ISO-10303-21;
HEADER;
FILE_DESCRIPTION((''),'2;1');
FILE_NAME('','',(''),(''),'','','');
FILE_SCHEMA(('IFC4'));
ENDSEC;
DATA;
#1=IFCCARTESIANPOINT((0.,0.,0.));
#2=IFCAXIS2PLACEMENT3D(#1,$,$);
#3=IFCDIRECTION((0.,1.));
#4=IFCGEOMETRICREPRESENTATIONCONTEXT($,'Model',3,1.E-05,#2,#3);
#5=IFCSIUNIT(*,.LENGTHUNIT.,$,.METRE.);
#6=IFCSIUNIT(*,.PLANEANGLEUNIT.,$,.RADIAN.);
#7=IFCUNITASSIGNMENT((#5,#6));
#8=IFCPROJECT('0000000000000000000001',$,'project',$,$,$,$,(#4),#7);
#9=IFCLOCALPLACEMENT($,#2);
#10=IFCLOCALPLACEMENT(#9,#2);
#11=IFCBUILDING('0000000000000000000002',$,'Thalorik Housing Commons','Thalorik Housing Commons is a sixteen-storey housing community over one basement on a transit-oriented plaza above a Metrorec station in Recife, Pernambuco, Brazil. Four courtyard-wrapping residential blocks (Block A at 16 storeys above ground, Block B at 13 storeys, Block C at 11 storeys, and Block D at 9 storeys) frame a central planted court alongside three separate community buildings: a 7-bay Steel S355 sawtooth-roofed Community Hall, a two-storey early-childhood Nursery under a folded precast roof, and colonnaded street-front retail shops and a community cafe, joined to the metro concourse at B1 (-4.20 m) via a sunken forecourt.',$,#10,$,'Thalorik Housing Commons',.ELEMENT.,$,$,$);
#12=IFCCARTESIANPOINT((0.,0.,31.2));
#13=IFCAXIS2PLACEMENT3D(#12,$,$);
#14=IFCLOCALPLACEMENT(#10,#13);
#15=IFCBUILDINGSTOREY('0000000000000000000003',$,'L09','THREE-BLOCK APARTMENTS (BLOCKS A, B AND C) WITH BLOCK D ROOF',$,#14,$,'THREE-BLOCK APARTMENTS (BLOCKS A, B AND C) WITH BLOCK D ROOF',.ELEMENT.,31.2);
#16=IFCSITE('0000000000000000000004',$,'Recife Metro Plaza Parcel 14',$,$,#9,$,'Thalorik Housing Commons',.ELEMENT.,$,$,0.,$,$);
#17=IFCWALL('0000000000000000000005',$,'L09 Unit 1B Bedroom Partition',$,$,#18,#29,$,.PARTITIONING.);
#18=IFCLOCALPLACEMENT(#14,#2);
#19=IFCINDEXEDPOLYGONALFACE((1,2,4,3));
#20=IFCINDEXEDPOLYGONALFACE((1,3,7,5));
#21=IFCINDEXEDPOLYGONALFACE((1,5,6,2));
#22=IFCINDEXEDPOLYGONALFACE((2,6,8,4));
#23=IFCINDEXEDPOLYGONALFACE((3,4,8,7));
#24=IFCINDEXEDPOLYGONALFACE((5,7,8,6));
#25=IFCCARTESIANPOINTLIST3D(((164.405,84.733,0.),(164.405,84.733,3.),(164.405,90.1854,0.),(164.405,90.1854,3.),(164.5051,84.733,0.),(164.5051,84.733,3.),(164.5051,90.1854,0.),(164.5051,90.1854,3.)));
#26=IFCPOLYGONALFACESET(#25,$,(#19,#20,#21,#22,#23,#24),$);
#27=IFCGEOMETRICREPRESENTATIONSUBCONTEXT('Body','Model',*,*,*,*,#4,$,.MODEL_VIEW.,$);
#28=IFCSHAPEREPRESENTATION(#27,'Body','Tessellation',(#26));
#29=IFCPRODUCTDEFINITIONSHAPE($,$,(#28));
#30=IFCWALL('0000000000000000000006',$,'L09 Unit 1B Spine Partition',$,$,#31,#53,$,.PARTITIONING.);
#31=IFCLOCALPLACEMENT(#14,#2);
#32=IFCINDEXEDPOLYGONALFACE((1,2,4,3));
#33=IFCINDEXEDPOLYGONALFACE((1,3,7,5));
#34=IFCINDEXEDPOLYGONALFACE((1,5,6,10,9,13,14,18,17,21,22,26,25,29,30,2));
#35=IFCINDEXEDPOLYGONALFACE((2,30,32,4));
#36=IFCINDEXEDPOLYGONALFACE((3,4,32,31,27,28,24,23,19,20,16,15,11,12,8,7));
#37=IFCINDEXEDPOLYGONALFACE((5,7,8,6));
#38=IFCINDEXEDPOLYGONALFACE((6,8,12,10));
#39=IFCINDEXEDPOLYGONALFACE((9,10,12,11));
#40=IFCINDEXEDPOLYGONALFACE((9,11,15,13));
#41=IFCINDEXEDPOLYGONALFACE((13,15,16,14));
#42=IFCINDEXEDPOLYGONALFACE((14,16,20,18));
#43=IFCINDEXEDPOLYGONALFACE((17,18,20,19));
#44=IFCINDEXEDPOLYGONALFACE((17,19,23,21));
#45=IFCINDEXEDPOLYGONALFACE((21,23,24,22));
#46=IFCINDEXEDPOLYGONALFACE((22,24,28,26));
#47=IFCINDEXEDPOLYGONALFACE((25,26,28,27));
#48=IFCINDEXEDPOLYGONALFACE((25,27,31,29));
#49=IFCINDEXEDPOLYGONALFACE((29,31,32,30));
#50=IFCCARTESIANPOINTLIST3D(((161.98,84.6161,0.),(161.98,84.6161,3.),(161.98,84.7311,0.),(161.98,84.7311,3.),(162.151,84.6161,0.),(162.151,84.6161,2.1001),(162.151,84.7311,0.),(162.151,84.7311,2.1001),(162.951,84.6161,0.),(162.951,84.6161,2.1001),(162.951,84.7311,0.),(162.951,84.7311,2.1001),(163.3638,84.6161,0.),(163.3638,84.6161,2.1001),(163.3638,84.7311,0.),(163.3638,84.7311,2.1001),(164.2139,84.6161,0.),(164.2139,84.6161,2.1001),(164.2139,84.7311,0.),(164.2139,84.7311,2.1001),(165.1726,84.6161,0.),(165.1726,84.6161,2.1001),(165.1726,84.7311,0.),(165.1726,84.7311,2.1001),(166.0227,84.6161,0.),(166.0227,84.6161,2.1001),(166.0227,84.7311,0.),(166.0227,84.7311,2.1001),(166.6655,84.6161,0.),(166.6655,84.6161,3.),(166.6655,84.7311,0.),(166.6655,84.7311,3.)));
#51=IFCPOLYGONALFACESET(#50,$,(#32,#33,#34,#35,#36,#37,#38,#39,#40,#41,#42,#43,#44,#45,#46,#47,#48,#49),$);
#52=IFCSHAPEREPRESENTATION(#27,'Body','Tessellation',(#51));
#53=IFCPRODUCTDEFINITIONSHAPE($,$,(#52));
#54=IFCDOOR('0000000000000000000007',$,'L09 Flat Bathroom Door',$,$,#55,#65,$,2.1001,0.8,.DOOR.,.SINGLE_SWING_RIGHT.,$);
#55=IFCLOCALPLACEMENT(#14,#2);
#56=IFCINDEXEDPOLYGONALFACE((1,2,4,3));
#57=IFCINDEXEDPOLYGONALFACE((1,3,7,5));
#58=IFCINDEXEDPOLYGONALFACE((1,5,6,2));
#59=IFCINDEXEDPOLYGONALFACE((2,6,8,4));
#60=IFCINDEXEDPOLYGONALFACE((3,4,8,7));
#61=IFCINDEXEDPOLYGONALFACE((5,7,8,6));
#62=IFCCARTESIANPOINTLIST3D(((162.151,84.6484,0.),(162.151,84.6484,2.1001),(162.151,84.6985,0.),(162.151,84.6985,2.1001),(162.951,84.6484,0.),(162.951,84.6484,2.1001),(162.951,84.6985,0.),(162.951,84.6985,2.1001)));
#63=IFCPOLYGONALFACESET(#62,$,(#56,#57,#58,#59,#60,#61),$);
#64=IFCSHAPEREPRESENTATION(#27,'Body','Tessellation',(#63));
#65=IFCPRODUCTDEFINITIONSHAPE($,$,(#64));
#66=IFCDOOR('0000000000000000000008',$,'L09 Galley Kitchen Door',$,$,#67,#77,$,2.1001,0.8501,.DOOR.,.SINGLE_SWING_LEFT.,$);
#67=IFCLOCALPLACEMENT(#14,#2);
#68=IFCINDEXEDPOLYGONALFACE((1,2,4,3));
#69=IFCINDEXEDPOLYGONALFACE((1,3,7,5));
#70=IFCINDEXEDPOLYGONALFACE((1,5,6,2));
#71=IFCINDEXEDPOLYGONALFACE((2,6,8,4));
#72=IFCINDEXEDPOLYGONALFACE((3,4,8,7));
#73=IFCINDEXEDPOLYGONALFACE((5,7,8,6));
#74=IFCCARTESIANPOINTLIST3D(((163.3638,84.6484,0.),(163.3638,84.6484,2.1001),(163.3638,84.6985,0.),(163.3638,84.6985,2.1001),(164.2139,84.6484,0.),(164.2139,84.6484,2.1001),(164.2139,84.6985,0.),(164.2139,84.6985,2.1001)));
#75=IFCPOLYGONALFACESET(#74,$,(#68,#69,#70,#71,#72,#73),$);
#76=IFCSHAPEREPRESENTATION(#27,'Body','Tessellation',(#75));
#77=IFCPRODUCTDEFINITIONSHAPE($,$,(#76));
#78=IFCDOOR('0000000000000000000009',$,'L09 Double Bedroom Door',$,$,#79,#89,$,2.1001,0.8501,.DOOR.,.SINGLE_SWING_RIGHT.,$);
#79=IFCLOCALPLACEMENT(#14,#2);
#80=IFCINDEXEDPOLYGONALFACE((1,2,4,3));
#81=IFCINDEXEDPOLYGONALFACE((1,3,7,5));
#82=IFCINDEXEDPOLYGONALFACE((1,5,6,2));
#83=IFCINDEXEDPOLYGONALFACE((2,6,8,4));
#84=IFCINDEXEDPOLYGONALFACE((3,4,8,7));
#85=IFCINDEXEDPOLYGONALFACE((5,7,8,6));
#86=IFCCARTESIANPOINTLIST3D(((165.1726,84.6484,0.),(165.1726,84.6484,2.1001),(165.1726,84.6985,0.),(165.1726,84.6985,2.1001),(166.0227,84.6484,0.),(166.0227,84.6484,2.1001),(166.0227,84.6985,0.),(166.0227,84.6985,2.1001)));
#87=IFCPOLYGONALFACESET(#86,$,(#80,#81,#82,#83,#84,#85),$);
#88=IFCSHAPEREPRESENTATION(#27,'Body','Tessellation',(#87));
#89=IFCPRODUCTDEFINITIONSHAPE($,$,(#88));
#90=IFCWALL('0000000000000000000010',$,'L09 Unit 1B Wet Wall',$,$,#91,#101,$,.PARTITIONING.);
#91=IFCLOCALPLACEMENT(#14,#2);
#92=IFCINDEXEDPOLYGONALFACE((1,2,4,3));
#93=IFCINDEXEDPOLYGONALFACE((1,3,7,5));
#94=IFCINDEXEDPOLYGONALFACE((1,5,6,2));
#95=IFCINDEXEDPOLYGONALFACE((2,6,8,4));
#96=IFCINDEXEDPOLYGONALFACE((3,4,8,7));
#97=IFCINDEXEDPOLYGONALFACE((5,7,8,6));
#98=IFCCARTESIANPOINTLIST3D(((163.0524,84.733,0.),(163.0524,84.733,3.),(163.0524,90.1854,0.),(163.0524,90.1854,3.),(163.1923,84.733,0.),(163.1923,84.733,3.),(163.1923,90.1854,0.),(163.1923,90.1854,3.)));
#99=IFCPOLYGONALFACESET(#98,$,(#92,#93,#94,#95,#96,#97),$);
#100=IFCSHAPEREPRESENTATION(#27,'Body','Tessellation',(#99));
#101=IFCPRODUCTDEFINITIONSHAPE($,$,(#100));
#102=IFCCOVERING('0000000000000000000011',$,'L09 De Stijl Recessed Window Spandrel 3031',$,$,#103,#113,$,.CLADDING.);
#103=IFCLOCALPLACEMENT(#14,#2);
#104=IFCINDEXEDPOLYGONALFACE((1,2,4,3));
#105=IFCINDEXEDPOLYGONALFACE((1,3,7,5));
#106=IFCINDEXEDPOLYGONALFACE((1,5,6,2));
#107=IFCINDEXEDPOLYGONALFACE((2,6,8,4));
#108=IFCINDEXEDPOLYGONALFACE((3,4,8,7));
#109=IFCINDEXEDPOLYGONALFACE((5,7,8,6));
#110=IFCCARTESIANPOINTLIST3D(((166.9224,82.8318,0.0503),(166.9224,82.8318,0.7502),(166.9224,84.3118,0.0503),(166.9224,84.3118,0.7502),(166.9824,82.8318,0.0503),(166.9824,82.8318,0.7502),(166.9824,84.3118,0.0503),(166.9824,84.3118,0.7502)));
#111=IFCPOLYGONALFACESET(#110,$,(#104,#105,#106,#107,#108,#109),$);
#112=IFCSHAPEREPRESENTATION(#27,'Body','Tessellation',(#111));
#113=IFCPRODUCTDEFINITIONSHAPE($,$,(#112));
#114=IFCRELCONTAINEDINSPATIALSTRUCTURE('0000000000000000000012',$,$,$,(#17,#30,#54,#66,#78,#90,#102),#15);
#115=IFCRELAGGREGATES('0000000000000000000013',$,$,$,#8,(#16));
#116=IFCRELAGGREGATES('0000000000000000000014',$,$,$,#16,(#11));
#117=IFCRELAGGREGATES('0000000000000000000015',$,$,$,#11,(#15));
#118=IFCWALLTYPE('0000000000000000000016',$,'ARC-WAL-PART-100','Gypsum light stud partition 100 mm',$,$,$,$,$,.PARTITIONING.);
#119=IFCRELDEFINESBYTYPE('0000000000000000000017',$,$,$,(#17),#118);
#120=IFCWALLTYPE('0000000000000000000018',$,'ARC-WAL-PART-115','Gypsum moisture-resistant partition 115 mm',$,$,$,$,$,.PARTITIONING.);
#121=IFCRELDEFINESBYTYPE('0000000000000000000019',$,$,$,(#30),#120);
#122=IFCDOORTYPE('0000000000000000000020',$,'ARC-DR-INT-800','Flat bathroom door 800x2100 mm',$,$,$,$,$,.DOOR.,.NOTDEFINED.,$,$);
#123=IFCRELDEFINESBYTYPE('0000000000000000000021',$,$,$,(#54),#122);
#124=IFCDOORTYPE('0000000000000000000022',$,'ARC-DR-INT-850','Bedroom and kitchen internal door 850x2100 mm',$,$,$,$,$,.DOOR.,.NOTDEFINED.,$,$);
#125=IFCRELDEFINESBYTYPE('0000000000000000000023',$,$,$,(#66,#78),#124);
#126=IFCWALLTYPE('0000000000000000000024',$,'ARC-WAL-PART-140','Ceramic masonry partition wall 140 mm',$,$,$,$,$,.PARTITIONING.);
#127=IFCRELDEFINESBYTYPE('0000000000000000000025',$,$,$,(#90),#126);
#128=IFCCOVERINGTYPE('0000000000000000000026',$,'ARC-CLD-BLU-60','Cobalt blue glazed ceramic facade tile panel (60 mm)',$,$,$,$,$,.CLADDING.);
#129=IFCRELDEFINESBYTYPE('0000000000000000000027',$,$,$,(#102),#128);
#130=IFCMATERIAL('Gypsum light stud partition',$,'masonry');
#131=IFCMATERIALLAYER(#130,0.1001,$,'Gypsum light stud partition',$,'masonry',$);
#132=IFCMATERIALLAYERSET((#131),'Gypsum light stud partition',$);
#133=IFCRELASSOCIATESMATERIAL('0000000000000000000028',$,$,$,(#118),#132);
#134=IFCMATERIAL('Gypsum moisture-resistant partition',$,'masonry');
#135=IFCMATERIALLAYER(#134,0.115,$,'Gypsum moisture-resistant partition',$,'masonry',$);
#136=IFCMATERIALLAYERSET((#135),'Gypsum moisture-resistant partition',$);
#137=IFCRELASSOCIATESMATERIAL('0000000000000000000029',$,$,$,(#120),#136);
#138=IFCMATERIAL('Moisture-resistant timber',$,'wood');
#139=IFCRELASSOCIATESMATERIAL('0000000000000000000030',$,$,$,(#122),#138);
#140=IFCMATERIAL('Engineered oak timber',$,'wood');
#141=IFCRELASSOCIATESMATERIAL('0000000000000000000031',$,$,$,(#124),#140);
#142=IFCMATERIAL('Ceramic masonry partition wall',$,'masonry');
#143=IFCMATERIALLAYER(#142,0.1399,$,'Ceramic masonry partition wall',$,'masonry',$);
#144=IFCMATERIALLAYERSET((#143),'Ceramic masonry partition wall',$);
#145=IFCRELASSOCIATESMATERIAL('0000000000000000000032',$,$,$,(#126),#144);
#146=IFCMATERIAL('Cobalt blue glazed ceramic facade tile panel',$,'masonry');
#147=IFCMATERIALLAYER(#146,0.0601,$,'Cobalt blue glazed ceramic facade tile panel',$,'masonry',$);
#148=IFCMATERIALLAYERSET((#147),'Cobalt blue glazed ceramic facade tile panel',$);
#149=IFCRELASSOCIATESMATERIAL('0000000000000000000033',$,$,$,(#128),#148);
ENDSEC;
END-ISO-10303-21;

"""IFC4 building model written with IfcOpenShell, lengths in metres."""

from ifc_helpers import new_model, si_unit, direction, frame, frame_2d, origin, origin_2d, place, context, subcontext, project, spatial, rectangle, extrude, material, layer, layer_set, type_object, element, fill, save


model = new_model("IFC4")

# Units and contexts
model_context = context("Model", 3, precision=1e-05, world=origin(), true_north=direction((0.0, 1.0)))
body_context = subcontext(model_context, "Body", "Model", "MODEL_VIEW")
ifc_project = project(units=[si_unit("LENGTHUNIT", "METRE"), si_unit("PLANEANGLEUNIT", "RADIAN")], contexts=[model_context])

# Site, building, storey
site_placement = place(None, origin())
site = spatial("IfcSite", under=ifc_project, at=site_placement, Name="Recife Metro Plaza Parcel 14", LongName="Thalorik Housing Commons", CompositionType="ELEMENT", RefElevation=0.0)
building_placement = place(site_placement, origin())
building = spatial("IfcBuilding", under=site, at=building_placement, Name="Thalorik Housing Commons", Description="Thalorik Housing Commons is a sixteen-storey housing community over one basement on a transit-oriented plaza above a Metrorec station in Recife, Pernambuco, Brazil. Four courtyard-wrapping residential blocks (Block A at 16 storeys above ground, Block B at 13 storeys, Block C at 11 storeys, and Block D at 9 storeys) frame a central planted court alongside three separate community buildings: a 7-bay Steel S355 sawtooth-roofed Community Hall, a two-storey early-childhood Nursery under a folded precast roof, and colonnaded street-front retail shops and a community cafe, joined to the metro concourse at B1 (-4.20 m) via a sunken forecourt.", LongName="Thalorik Housing Commons", CompositionType="ELEMENT")
storey_placement = place(building_placement, frame((0.0, 0.0, 31.2)))
storey = spatial("IfcBuildingStorey", under=building, at=storey_placement, Name="L09", Description="THREE-BLOCK APARTMENTS (BLOCKS A, B AND C) WITH BLOCK D ROOF", LongName="THREE-BLOCK APARTMENTS (BLOCKS A, B AND C) WITH BLOCK D ROOF", CompositionType="ELEMENT", Elevation=31.2)

# Wall
ifc_material_1 = material(Name="Gypsum light stud partition", Category="masonry")
ifc_layer_1 = layer(ifc_material_1, 0.1001, Name="Gypsum light stud partition", Category="masonry")
ifc_layer_set_1 = layer_set([ifc_layer_1], Name="Gypsum light stud partition")
wall_type_1 = type_object("IfcWallType", Name="ARC-WAL-PART-100", Description="Gypsum light stud partition 100 mm", PredefinedType="PARTITIONING", material=ifc_layer_set_1)
wall_1_placement = place(storey_placement, frame((164.4551, 84.7332, 0.0), z_axis=(0.0, 0.0, 1.0), x_axis=(0.0, 1.0, 0.0)))
element("IfcWall", 1, at=wall_1_placement, inside=storey, type_object=wall_type_1, Name="L09 Unit 1B Bedroom Partition", PredefinedType="PARTITIONING", context=body_context, shape_type="SweptSolid", body=[
    extrude(rectangle(XDim=5.4524, YDim=0.1001, at=frame_2d((2.7261, 0.0))), origin(), (0.0, 0.0, 1.0), 3.0),
])

# Wall, openings, doors
ifc_material_2 = material(Name="Gypsum moisture-resistant partition", Category="masonry")
ifc_layer_2 = layer(ifc_material_2, 0.115, Name="Gypsum moisture-resistant partition", Category="masonry")
ifc_layer_set_2 = layer_set([ifc_layer_2], Name="Gypsum moisture-resistant partition")
wall_type_2 = type_object("IfcWallType", Name="ARC-WAL-PART-115", Description="Gypsum moisture-resistant partition 115 mm", PredefinedType="PARTITIONING", material=ifc_layer_set_2)
wall_2_placement = place(storey_placement, frame((161.98, 84.6736, 0.0), z_axis=(0.0, 0.0, 1.0), x_axis=(1.0, 0.0, 0.0)))
wall_2 = element("IfcWall", 2, at=wall_2_placement, inside=storey, type_object=wall_type_2, Name="L09 Unit 1B Spine Partition", PredefinedType="PARTITIONING", context=body_context, shape_type="SweptSolid", body=[
    extrude(rectangle(XDim=4.6855, YDim=0.115, at=frame_2d((2.3428, 0.0))), origin(), (0.0, 0.0, 1.0), 3.0),
])
opening_1_placement = place(wall_2_placement, frame((0.1711, 0.0, 0.0)))
opening_1 = element("IfcOpeningElement", 3, at=opening_1_placement, cuts=wall_2, PredefinedType="OPENING", context=body_context, shape_type="SweptSolid", body=[
    extrude(rectangle(XDim=0.8, YDim=2.1001, at=frame_2d((0.3999, 1.05))), frame((0.0, 0.0674, 0.0), z_axis=(0.0, -1.0, 0.0), x_axis=(1.0, 0.0, 0.0)), (0.0, 0.0, 1.0), 0.135),
])
opening_2_placement = place(wall_2_placement, frame((1.3838, 0.0, 0.0)))
opening_2 = element("IfcOpeningElement", 4, at=opening_2_placement, cuts=wall_2, PredefinedType="OPENING", context=body_context, shape_type="SweptSolid", body=[
    extrude(rectangle(XDim=0.8501, YDim=2.1001, at=frame_2d((0.425, 1.05))), frame((0.0, 0.0674, 0.0), z_axis=(0.0, -1.0, 0.0), x_axis=(1.0, 0.0, 0.0)), (0.0, 0.0, 1.0), 0.135),
])
opening_3_placement = place(wall_2_placement, frame((3.1926, 0.0, 0.0)))
opening_3 = element("IfcOpeningElement", 5, at=opening_3_placement, cuts=wall_2, PredefinedType="OPENING", context=body_context, shape_type="SweptSolid", body=[
    extrude(rectangle(XDim=0.8501, YDim=2.1001, at=frame_2d((0.425, 1.05))), frame((0.0, 0.0674, 0.0), z_axis=(0.0, -1.0, 0.0), x_axis=(1.0, 0.0, 0.0)), (0.0, 0.0, 1.0), 0.135),
])
ifc_material_3 = material(Name="Moisture-resistant timber", Category="wood")
door_type_1 = type_object("IfcDoorType", Name="ARC-DR-INT-800", Description="Flat bathroom door 800x2100 mm", OperationType="NOTDEFINED", PredefinedType="DOOR", material=ifc_material_3)
door_1_placement = place(opening_1_placement, origin())
door_1 = element("IfcDoor", 6, at=door_1_placement, inside=storey, type_object=door_type_1, Name="L09 Flat Bathroom Door", OperationType="SINGLE_SWING_RIGHT", OverallHeight=2.1001, OverallWidth=0.8, PredefinedType="DOOR", context=body_context, shape_type="SweptSolid", body=[
    extrude(rectangle(XDim=0.8, YDim=2.1001, at=frame_2d((0.3999, 1.05))), frame((0.0, 0.0249, 0.0), z_axis=(0.0, -1.0, 0.0), x_axis=(1.0, 0.0, 0.0)), (0.0, 0.0, 1.0), 0.05),
])
fill(opening_1, door_1)
ifc_material_4 = material(Name="Engineered oak timber", Category="wood")
door_type_2 = type_object("IfcDoorType", Name="ARC-DR-INT-850", Description="Bedroom and kitchen internal door 850x2100 mm", OperationType="NOTDEFINED", PredefinedType="DOOR", material=ifc_material_4)
door_2_placement = place(opening_2_placement, origin())
door_2 = element("IfcDoor", 7, at=door_2_placement, inside=storey, type_object=door_type_2, Name="L09 Galley Kitchen Door", OperationType="SINGLE_SWING_LEFT", OverallHeight=2.1001, OverallWidth=0.8501, PredefinedType="DOOR", context=body_context, shape_type="SweptSolid", body=[
    extrude(rectangle(XDim=0.8501, YDim=2.1001, at=frame_2d((0.425, 1.05))), frame((0.0, 0.0249, 0.0), z_axis=(0.0, -1.0, 0.0), x_axis=(1.0, 0.0, 0.0)), (0.0, 0.0, 1.0), 0.05),
])
fill(opening_2, door_2)
door_3_placement = place(opening_3_placement, origin())
door_3 = element("IfcDoor", 8, at=door_3_placement, inside=storey, type_object=door_type_2, Name="L09 Double Bedroom Door", OperationType="SINGLE_SWING_RIGHT", OverallHeight=2.1001, OverallWidth=0.8501, PredefinedType="DOOR", context=body_context, shape_type="SweptSolid", body=[
    extrude(rectangle(XDim=0.8501, YDim=2.1001, at=frame_2d((0.425, 1.05))), frame((0.0, 0.0249, 0.0), z_axis=(0.0, -1.0, 0.0), x_axis=(1.0, 0.0, 0.0)), (0.0, 0.0, 1.0), 0.05),
])
fill(opening_3, door_3)

# Wall
ifc_material_5 = material(Name="Ceramic masonry partition wall", Category="masonry")
ifc_layer_3 = layer(ifc_material_5, 0.1399, Name="Ceramic masonry partition wall", Category="masonry")
ifc_layer_set_3 = layer_set([ifc_layer_3], Name="Ceramic masonry partition wall")
wall_type_3 = type_object("IfcWallType", Name="ARC-WAL-PART-140", Description="Ceramic masonry partition wall 140 mm", PredefinedType="PARTITIONING", material=ifc_layer_set_3)
wall_3_placement = place(storey_placement, frame((163.1223, 84.7332, 0.0), z_axis=(0.0, 0.0, 1.0), x_axis=(0.0, 1.0, 0.0)))
element("IfcWall", 9, at=wall_3_placement, inside=storey, type_object=wall_type_3, Name="L09 Unit 1B Wet Wall", PredefinedType="PARTITIONING", context=body_context, shape_type="SweptSolid", body=[
    extrude(rectangle(XDim=5.4524, YDim=0.1399, at=frame_2d((2.7261, 0.0))), origin(), (0.0, 0.0, 1.0), 3.0),
])

# Covering
ifc_material_6 = material(Name="Cobalt blue glazed ceramic facade tile panel", Category="masonry")
ifc_layer_4 = layer(ifc_material_6, 0.0601, Name="Cobalt blue glazed ceramic facade tile panel", Category="masonry")
ifc_layer_set_4 = layer_set([ifc_layer_4], Name="Cobalt blue glazed ceramic facade tile panel")
covering_type_1 = type_object("IfcCoveringType", Name="ARC-CLD-BLU-60", Description="Cobalt blue glazed ceramic facade tile panel (60 mm)", PredefinedType="CLADDING", material=ifc_layer_set_4)
covering_1_placement = place(storey_placement, frame((166.9524, 83.5718, 0.0503), z_axis=(0.0, 0.0, 1.0), x_axis=(0.0, 1.0, 0.0)))
element("IfcCovering", 10, at=covering_1_placement, inside=storey, type_object=covering_type_1, Name="L09 De Stijl Recessed Window Spandrel 3031", PredefinedType="CLADDING", context=body_context, shape_type="SweptSolid", body=[
    extrude(rectangle(XDim=1.48, YDim=0.0601, at=origin_2d()), origin(), (0.0, 0.0, 1.0), 0.7),
])

save(model, "model.ifc")
